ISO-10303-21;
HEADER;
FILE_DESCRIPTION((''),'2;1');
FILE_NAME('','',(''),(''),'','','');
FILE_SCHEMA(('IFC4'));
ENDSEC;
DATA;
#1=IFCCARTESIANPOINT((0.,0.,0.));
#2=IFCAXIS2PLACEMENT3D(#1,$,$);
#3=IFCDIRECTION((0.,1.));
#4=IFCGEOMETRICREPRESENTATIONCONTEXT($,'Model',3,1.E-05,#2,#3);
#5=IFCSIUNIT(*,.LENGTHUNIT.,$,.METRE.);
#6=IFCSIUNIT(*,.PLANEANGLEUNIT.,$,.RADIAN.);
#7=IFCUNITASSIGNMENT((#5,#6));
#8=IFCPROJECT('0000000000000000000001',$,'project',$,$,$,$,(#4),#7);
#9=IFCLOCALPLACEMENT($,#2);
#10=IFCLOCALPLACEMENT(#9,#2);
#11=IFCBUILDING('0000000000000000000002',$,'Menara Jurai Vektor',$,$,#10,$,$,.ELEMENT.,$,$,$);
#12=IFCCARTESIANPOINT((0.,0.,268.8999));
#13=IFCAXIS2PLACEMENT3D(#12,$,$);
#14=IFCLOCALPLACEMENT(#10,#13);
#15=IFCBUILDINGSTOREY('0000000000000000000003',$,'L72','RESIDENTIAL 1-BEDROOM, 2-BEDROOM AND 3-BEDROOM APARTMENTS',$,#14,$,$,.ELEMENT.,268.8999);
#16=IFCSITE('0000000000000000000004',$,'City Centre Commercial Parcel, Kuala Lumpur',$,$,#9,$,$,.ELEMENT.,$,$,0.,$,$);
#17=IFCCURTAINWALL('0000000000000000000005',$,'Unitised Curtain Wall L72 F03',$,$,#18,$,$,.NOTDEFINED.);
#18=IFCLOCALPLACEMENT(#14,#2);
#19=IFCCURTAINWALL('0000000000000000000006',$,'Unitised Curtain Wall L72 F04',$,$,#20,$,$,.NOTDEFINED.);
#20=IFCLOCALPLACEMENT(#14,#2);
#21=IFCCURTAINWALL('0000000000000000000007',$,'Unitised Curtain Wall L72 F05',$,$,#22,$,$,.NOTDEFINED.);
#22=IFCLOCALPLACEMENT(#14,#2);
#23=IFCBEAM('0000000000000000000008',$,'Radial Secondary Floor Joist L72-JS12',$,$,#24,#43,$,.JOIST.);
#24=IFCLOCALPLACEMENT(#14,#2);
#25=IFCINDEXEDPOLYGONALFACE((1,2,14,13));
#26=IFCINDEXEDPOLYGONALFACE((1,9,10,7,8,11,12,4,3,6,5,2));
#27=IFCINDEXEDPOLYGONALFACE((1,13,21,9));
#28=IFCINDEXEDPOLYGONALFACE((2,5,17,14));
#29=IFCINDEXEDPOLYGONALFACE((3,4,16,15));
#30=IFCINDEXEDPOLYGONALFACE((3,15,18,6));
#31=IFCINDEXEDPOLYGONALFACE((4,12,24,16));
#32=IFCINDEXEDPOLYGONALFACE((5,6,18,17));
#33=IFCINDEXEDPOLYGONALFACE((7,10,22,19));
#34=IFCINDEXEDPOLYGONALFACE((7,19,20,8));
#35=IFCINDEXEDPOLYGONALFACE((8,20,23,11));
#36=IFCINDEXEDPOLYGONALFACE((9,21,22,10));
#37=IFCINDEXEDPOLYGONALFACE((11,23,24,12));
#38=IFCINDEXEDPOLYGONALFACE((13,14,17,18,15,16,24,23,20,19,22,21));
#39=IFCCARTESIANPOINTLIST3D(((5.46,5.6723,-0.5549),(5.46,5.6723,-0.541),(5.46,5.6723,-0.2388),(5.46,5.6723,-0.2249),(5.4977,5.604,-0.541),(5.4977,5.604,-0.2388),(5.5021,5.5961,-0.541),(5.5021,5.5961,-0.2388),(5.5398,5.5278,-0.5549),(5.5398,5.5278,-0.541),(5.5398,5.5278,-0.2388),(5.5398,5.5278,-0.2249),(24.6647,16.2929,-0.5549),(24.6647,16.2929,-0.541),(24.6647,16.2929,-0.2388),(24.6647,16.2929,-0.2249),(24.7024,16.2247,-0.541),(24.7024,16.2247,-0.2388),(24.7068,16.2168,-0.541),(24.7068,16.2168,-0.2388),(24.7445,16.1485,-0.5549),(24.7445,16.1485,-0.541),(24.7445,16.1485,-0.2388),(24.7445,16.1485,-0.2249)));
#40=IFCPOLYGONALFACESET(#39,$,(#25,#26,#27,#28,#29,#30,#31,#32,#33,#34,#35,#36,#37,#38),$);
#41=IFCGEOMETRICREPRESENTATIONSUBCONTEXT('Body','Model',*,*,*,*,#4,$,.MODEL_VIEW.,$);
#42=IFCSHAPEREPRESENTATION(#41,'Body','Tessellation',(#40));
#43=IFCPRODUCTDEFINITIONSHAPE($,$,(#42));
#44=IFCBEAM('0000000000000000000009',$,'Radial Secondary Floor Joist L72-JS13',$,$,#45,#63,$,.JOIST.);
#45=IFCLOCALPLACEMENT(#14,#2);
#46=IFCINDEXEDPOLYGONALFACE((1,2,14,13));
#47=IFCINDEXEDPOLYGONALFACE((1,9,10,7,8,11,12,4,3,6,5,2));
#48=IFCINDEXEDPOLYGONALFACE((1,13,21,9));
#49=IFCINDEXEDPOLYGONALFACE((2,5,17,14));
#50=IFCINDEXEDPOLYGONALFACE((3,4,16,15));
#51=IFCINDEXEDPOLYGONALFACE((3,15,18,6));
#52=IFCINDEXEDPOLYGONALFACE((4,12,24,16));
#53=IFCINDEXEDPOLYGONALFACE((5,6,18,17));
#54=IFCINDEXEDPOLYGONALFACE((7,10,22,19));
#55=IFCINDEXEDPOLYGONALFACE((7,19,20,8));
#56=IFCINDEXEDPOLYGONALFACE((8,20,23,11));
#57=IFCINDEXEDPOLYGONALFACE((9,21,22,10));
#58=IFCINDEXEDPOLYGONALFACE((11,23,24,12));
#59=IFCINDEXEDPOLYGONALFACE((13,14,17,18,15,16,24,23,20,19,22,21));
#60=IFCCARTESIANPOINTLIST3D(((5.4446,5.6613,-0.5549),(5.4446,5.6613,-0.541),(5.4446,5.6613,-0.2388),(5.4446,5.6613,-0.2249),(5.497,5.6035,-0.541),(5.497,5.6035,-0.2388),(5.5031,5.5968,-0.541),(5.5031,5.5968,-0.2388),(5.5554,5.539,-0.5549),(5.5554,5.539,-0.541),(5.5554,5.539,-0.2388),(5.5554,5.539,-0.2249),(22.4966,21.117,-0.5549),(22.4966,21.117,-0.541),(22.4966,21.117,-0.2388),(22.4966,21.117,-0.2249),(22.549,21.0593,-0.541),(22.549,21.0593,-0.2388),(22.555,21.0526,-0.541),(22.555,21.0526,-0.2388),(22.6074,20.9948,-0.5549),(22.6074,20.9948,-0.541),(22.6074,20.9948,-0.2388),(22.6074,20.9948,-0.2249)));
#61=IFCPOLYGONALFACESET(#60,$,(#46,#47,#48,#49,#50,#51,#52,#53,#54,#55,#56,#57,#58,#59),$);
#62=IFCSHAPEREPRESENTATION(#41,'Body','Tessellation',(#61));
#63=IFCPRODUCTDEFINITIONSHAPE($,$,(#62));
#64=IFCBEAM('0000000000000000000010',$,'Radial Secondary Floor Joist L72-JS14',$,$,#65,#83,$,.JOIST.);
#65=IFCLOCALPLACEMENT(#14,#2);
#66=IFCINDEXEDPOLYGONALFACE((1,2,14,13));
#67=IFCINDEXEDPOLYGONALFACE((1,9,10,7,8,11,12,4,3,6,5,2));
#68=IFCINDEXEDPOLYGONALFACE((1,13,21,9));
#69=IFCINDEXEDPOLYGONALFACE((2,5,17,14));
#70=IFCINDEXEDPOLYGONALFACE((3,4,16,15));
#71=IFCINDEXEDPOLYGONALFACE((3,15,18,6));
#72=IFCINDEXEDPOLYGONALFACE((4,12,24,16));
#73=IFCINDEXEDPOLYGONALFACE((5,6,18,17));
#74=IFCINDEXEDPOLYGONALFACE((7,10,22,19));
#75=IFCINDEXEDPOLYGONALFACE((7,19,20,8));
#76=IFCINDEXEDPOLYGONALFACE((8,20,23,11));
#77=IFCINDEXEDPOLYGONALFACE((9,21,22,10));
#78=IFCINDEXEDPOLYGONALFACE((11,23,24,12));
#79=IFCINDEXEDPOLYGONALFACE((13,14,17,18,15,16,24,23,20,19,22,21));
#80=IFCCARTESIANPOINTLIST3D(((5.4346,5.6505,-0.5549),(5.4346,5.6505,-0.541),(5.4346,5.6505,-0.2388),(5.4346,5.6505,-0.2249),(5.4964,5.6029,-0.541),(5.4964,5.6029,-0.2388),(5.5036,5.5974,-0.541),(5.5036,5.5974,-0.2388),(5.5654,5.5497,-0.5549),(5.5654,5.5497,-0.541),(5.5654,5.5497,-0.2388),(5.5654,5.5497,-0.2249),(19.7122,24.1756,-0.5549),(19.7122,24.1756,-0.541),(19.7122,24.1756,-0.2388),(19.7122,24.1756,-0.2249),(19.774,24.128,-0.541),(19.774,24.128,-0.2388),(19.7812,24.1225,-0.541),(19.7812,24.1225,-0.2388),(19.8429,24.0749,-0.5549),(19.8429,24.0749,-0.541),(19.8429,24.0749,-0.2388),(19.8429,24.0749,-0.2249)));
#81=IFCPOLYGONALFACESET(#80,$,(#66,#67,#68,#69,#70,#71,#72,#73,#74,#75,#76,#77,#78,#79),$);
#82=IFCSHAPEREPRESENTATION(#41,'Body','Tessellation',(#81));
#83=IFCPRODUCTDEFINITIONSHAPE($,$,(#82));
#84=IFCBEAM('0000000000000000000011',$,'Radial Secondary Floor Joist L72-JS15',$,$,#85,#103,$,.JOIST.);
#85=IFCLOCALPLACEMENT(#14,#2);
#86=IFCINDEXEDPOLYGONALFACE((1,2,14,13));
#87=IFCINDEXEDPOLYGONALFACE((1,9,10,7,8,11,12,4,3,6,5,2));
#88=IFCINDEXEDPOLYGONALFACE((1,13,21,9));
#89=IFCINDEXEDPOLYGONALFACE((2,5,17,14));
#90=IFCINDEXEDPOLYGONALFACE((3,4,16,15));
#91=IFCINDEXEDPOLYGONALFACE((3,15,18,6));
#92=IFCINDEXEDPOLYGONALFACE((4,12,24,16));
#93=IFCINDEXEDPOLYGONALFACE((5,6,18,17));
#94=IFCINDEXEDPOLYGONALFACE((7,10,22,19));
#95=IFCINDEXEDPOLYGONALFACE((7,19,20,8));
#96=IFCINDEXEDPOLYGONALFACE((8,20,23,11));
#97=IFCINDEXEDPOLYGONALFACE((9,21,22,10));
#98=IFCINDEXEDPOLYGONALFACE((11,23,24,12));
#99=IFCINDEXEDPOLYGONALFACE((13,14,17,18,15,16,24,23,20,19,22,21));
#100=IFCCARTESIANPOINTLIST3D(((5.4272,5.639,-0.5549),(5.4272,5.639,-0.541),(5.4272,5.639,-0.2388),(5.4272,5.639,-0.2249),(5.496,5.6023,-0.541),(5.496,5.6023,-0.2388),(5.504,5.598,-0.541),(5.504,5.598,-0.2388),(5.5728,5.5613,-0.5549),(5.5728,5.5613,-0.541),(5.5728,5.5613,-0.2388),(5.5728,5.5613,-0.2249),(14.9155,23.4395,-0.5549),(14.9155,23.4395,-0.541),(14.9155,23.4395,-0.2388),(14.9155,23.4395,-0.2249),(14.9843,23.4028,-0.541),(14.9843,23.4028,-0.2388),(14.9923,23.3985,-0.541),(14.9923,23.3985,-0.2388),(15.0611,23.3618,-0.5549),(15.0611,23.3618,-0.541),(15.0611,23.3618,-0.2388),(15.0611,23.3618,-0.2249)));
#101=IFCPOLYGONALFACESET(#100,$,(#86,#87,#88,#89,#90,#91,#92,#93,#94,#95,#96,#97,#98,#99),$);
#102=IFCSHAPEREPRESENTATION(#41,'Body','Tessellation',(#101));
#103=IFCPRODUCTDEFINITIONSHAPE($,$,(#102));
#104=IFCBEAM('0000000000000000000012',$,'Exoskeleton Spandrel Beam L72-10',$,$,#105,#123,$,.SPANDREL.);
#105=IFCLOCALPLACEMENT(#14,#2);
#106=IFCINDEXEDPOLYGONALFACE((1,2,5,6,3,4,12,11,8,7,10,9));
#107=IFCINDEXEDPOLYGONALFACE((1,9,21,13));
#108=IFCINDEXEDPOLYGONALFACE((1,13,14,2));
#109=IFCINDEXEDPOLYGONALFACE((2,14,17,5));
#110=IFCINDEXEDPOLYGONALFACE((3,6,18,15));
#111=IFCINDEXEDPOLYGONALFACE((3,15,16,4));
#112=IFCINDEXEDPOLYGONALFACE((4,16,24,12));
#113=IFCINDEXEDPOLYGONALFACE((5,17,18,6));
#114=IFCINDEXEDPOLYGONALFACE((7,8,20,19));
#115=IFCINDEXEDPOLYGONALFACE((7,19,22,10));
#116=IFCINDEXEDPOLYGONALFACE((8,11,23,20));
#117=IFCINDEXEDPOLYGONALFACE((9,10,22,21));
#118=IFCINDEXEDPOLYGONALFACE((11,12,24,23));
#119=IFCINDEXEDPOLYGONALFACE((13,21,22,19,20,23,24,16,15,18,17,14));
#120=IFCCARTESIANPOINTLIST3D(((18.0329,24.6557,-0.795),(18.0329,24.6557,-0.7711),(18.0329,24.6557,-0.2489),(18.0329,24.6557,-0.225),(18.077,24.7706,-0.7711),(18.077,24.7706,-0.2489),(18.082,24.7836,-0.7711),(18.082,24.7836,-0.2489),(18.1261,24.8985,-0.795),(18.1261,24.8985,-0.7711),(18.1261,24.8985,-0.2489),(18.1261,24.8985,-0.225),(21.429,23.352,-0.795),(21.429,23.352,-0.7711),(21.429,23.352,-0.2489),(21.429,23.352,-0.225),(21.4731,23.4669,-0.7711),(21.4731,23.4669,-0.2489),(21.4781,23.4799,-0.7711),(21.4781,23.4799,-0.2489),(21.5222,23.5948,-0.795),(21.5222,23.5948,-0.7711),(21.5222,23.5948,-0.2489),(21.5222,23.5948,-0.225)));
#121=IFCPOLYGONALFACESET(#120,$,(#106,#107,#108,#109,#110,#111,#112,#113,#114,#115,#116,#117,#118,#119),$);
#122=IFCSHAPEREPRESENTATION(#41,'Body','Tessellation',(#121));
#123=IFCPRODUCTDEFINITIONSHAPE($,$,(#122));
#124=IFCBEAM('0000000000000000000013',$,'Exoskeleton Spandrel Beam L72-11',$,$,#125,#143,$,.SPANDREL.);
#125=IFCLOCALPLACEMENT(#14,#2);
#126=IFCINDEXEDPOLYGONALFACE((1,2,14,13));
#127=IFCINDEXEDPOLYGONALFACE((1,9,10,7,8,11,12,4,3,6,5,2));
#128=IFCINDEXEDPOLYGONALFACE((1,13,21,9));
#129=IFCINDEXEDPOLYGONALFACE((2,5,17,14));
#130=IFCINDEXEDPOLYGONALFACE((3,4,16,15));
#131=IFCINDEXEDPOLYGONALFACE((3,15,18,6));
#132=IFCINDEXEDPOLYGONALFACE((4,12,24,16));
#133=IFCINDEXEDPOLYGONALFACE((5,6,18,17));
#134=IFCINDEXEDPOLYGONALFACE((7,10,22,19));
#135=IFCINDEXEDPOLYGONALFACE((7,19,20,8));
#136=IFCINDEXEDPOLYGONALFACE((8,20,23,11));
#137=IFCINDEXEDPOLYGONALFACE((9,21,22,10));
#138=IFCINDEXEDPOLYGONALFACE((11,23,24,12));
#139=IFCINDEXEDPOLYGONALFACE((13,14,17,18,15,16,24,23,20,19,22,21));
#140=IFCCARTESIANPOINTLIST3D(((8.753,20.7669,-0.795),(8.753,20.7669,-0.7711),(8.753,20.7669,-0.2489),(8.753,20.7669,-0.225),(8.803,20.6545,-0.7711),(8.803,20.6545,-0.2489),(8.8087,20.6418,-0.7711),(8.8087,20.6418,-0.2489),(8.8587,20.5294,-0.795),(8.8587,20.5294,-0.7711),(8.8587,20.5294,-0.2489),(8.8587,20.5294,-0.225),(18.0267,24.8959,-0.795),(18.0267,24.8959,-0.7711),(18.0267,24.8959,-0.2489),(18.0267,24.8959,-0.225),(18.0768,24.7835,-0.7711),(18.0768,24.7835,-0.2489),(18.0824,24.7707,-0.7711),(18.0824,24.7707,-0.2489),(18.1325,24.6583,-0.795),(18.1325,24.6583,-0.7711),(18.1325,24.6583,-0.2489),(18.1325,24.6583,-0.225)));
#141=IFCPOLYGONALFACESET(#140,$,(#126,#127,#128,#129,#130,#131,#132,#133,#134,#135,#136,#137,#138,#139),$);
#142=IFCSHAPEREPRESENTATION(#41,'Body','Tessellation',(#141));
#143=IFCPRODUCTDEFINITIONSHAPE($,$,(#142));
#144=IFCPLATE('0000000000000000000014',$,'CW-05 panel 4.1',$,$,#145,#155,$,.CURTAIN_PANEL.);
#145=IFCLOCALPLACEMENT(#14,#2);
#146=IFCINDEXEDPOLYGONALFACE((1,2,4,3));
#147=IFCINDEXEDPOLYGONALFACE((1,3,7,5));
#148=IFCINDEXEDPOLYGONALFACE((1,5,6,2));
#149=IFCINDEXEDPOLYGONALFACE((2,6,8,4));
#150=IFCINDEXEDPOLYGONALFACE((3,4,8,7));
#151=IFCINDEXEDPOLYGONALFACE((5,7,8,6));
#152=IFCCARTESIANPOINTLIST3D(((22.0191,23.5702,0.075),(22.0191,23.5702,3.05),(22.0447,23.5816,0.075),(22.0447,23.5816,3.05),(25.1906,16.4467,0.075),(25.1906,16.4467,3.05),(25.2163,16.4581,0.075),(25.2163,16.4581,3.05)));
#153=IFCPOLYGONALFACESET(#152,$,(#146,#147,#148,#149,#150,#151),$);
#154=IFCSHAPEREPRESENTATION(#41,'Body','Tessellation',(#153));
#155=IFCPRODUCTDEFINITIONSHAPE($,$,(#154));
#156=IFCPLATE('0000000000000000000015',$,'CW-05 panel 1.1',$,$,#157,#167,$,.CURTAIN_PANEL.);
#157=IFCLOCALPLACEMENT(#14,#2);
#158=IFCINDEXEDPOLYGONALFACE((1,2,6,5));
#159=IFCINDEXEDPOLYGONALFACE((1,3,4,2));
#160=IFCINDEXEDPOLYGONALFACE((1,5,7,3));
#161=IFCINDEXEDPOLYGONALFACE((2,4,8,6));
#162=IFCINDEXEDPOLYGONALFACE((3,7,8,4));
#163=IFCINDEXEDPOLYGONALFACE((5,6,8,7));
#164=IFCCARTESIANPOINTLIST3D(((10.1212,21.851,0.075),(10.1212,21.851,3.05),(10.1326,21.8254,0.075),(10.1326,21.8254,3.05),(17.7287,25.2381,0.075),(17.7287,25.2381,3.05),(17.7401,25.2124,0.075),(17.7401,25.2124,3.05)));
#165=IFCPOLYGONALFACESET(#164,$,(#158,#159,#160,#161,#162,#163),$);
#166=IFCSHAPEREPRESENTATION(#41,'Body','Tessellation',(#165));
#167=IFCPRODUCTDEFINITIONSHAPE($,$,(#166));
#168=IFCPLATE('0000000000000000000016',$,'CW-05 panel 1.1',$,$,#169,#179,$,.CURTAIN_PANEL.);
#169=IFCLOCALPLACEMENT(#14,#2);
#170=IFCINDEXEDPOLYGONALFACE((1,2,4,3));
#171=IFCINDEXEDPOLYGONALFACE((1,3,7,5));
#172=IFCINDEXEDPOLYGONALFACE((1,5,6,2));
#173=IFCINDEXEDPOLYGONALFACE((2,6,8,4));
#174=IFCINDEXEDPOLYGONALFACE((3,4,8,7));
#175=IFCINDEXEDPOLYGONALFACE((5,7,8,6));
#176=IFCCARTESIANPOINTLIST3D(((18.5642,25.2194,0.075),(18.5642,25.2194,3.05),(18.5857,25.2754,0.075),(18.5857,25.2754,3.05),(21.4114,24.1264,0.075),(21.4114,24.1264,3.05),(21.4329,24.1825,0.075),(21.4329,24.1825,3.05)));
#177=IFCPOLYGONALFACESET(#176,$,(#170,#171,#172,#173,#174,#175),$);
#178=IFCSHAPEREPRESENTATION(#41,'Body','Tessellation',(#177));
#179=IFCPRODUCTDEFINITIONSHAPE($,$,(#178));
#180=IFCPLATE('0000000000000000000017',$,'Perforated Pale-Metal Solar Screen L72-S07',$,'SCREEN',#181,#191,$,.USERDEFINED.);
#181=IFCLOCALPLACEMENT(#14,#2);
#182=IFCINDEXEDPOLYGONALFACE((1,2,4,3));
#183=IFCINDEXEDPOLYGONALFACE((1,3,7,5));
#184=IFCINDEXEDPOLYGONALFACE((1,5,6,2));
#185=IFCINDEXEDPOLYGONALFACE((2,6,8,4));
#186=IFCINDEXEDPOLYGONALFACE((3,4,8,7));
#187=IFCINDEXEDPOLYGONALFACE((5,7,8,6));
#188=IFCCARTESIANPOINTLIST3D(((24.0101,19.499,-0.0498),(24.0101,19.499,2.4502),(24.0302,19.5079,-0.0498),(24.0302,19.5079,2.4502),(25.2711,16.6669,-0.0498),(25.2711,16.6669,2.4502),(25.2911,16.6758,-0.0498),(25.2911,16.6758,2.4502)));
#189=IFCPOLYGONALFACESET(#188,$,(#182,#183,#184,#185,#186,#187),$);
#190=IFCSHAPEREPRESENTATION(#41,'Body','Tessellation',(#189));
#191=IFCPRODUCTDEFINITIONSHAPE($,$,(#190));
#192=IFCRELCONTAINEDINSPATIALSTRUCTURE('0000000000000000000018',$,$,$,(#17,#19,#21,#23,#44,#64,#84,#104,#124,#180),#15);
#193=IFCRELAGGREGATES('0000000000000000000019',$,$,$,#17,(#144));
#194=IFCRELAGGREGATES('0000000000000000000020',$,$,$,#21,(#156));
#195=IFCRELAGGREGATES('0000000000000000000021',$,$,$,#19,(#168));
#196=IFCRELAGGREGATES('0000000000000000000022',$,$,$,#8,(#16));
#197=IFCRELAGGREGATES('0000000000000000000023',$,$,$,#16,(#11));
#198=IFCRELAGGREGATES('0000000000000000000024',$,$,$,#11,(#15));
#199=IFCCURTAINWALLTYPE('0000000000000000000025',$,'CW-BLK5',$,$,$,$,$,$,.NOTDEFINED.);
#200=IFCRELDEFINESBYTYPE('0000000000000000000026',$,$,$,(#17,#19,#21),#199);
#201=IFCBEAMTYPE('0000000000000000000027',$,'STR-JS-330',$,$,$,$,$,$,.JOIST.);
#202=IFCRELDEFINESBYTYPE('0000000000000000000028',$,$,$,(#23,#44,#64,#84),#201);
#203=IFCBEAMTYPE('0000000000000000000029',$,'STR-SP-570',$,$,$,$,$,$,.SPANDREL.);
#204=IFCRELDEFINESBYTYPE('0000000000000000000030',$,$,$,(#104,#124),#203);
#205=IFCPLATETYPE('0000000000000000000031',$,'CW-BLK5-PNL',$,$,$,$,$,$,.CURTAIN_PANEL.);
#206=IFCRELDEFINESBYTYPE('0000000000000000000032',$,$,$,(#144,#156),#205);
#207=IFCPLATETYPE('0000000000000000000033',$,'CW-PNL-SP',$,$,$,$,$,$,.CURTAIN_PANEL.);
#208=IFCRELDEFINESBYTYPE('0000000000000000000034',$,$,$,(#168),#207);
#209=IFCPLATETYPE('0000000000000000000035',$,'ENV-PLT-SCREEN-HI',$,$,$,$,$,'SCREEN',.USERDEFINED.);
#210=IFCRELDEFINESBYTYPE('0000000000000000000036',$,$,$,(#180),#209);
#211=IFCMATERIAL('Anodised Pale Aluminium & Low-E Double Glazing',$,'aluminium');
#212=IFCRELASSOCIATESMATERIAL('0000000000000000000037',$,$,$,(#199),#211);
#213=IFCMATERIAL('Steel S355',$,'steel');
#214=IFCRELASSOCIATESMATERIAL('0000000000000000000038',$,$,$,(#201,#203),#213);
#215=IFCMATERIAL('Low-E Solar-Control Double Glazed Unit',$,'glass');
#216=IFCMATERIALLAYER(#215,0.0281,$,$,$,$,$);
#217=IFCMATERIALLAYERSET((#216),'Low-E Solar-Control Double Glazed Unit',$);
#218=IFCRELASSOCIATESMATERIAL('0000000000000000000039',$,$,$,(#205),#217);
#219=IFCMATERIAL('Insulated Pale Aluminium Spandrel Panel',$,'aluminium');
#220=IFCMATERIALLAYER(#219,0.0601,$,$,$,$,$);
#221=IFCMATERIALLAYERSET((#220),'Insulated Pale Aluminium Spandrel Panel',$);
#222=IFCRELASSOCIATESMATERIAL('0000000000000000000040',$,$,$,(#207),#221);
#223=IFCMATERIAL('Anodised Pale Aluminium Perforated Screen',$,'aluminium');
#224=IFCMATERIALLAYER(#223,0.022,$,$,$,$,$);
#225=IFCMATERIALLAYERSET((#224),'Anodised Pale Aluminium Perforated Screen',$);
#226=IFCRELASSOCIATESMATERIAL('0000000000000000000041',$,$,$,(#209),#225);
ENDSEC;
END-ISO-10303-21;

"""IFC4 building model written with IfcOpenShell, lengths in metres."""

from ifc_helpers import new_model, si_unit, direction, frame, origin, origin_2d, place, context, subcontext, project, spatial, rectangle, i_section, extrude, material, layer, layer_set, material_profile, profile_set, type_object, element, aggregate, save


model = new_model("IFC4")

# Units and contexts
model_context = context("Model", 3, precision=1e-05, world=origin(), true_north=direction((0.0, 1.0)))
body_context = subcontext(model_context, "Body", "Model", "MODEL_VIEW")
ifc_project = project(units=[si_unit("LENGTHUNIT", "METRE"), si_unit("PLANEANGLEUNIT", "RADIAN")], contexts=[model_context])

# Site, building, storey
site_placement = place(None, origin())
site = spatial("IfcSite", under=ifc_project, at=site_placement, Name="City Centre Commercial Parcel, Kuala Lumpur", CompositionType="ELEMENT", RefElevation=0.0)
building_placement = place(site_placement, origin())
building = spatial("IfcBuilding", under=site, at=building_placement, Name="Menara Jurai Vektor", CompositionType="ELEMENT")
storey_placement = place(building_placement, frame((0.0, 0.0, 268.8999)))
storey = spatial("IfcBuildingStorey", under=building, at=storey_placement, Name="L72", Description="RESIDENTIAL 1-BEDROOM, 2-BEDROOM AND 3-BEDROOM APARTMENTS", CompositionType="ELEMENT", Elevation=268.8999)

# Curtain walls
ifc_material_1 = material(Name="Anodised Pale Aluminium & Low-E Double Glazing", Category="aluminium")
curtain_wall_type = type_object("IfcCurtainWallType", Name="CW-BLK5", PredefinedType="NOTDEFINED", material=ifc_material_1)
curtain_wall_1_placement = place(storey_placement, origin())
curtain_wall_1 = element("IfcCurtainWall", 1, at=curtain_wall_1_placement, inside=storey, type_object=curtain_wall_type, Name="Unitised Curtain Wall L72 F03", PredefinedType="NOTDEFINED")
curtain_wall_2_placement = place(storey_placement, origin())
curtain_wall_2 = element("IfcCurtainWall", 2, at=curtain_wall_2_placement, inside=storey, type_object=curtain_wall_type, Name="Unitised Curtain Wall L72 F04", PredefinedType="NOTDEFINED")

# Curtain wall
curtain_wall_3_placement = place(storey_placement, origin())
curtain_wall_3 = element("IfcCurtainWall", 3, at=curtain_wall_3_placement, inside=storey, type_object=curtain_wall_type, Name="Unitised Curtain Wall L72 F05", PredefinedType="NOTDEFINED")

# Shared definitions
ifc_material_2 = material(Name="Steel S355", Category="steel")

# Beams
ifc_material_profile_1 = material_profile(ifc_material_2, i_section(OverallWidth=0.165, OverallDepth=0.3301, WebThickness=0.009, FlangeThickness=0.0139, at=origin_2d()), Name="PG 330x165x46")
ifc_profile_set_1 = profile_set([ifc_material_profile_1], Name="Steel S355")
beam_type_1 = type_object("IfcBeamType", Name="STR-JS-330", PredefinedType="JOIST", material=ifc_profile_set_1)
beam_1_placement = place(storey_placement, frame((24.7046, 16.2207, -0.3899), z_axis=(-0.875096, -0.483949, 0.0), x_axis=(0.483949, -0.875096, 0.0)))
element("IfcBeam", 4, at=beam_1_placement, inside=storey, type_object=beam_type_1, Name="Radial Secondary Floor Joist L72-JS12", PredefinedType="JOIST", context=body_context, shape_type="SweptSolid", body=[
    extrude(i_section(OverallWidth=0.165, OverallDepth=0.3301, WebThickness=0.009, FlangeThickness=0.0139, at=origin_2d()), origin(), (0.0, 0.0, 1.0), 21.9458),
])
beam_2_placement = place(storey_placement, frame((22.552, 21.0559, -0.3899), z_axis=(-0.740934, -0.671577, 0.0), x_axis=(0.671577, -0.740934, 0.0)))
element("IfcBeam", 5, at=beam_2_placement, inside=storey, type_object=beam_type_1, Name="Radial Secondary Floor Joist L72-JS13", PredefinedType="JOIST", context=body_context, shape_type="SweptSolid", body=[
    extrude(i_section(OverallWidth=0.165, OverallDepth=0.3301, WebThickness=0.009, FlangeThickness=0.0139, at=origin_2d()), origin(), (0.0, 0.0, 1.0), 23.0142),
])
beam_3_placement = place(storey_placement, frame((19.7776, 24.1252, -0.3899), z_axis=(-0.610449, -0.792056, 0.0), x_axis=(0.792056, -0.610449, 0.0)))
element("IfcBeam", 6, at=beam_3_placement, inside=storey, type_object=beam_type_1, Name="Radial Secondary Floor Joist L72-JS14", PredefinedType="JOIST", context=body_context, shape_type="SweptSolid", body=[
    extrude(i_section(OverallWidth=0.165, OverallDepth=0.3301, WebThickness=0.009, FlangeThickness=0.0139, at=origin_2d()), origin(), (0.0, 0.0, 1.0), 23.3887),
])
beam_4_placement = place(storey_placement, frame((14.9883, 23.4006, -0.3899), z_axis=(-0.470382, -0.882463, 0.0), x_axis=(0.882463, -0.470382, 0.0)))
element("IfcBeam", 7, at=beam_4_placement, inside=storey, type_object=beam_type_1, Name="Radial Secondary Floor Joist L72-JS15", PredefinedType="JOIST", context=body_context, shape_type="SweptSolid", body=[
    extrude(i_section(OverallWidth=0.165, OverallDepth=0.3301, WebThickness=0.009, FlangeThickness=0.0139, at=origin_2d()), origin(), (0.0, 0.0, 1.0), 20.1714),
])
ifc_material_profile_2 = material_profile(ifc_material_2, i_section(OverallWidth=0.26, OverallDepth=0.5701, WebThickness=0.0139, FlangeThickness=0.0239, at=origin_2d()), Name="PG 570x260x145")
ifc_profile_set_2 = profile_set([ifc_material_profile_2], Name="Steel S355")
beam_type_2 = type_object("IfcBeamType", Name="STR-SP-570", PredefinedType="SPANDREL", material=ifc_profile_set_2)
beam_5_placement = place(storey_placement, frame((21.4756, 23.4734, -0.51), z_axis=(-0.93357, 0.358394, 0.0), x_axis=(-0.358394, -0.93357, 0.0)))
element("IfcBeam", 8, at=beam_5_placement, inside=storey, type_object=beam_type_2, Name="Exoskeleton Spandrel Beam L72-10", PredefinedType="SPANDREL", context=body_context, shape_type="SweptSolid", body=[
    extrude(i_section(OverallWidth=0.26, OverallDepth=0.5701, WebThickness=0.0139, FlangeThickness=0.0239, at=origin_2d()), origin(), (0.0, 0.0, 1.0), 3.6377),
])
beam_6_placement = place(storey_placement, frame((18.0796, 24.7771, -0.51), z_axis=(-0.913546, -0.406736, 0.0), x_axis=(0.406736, -0.913546, 0.0)))
element("IfcBeam", 9, at=beam_6_placement, inside=storey, type_object=beam_type_2, Name="Exoskeleton Spandrel Beam L72-11", PredefinedType="SPANDREL", context=body_context, shape_type="SweptSolid", body=[
    extrude(i_section(OverallWidth=0.26, OverallDepth=0.5701, WebThickness=0.0139, FlangeThickness=0.0239, at=origin_2d()), origin(), (0.0, 0.0, 1.0), 10.1514),
])

# Plates
ifc_material_3 = material(Name="Low-E Solar-Control Double Glazed Unit", Category="glass")
ifc_layer_1 = layer(ifc_material_3, 0.0281)
ifc_layer_set_1 = layer_set([ifc_layer_1], Name="Low-E Solar-Control Double Glazed Unit")
plate_type_1 = type_object("IfcPlateType", Name="CW-BLK5-PNL", PredefinedType="CURTAIN_PANEL", material=ifc_layer_set_1)
plate_1_placement = place(storey_placement, frame((23.6177, 20.0142, 0.075), z_axis=(0.0, 0.0, 1.0), x_axis=(-0.406735, 0.913546, 0.0)))
plate_1 = element("IfcPlate", 10, at=plate_1_placement, type_object=plate_type_1, Name="CW-05 panel 4.1", PredefinedType="CURTAIN_PANEL", context=body_context, shape_type="SweptSolid", body=[
    extrude(rectangle(XDim=7.7976, YDim=0.0281, at=origin_2d()), origin(), (0.0, 0.0, 1.0), 2.9751),
])
aggregate(curtain_wall_1, [plate_1])
plate_2_placement = place(storey_placement, frame((13.9307, 23.5317, 0.075), z_axis=(0.0, 0.0, 1.0), x_axis=(-0.913546, -0.406735, 0.0)))
plate_2 = element("IfcPlate", 11, at=plate_2_placement, type_object=plate_type_1, Name="CW-05 panel 1.1", PredefinedType="CURTAIN_PANEL", context=body_context, shape_type="SweptSolid", body=[
    extrude(rectangle(XDim=8.3274, YDim=0.0281, at=origin_2d()), origin(), (0.0, 0.0, 1.0), 2.9751),
])
aggregate(curtain_wall_3, [plate_2])
ifc_material_4 = material(Name="Insulated Pale Aluminium Spandrel Panel", Category="aluminium")
ifc_layer_2 = layer(ifc_material_4, 0.0601)
ifc_layer_set_2 = layer_set([ifc_layer_2], Name="Insulated Pale Aluminium Spandrel Panel")
plate_type_2 = type_object("IfcPlateType", Name="CW-PNL-SP", PredefinedType="CURTAIN_PANEL", material=ifc_layer_set_2)
plate_3_placement = place(storey_placement, frame((19.9985, 24.7009, 0.075), z_axis=(0.0, 0.0, 1.0), x_axis=(-0.933578, 0.358374, 0.0)))
plate_3 = element("IfcPlate", 12, at=plate_3_placement, type_object=plate_type_2, Name="CW-05 panel 1.1", PredefinedType="CURTAIN_PANEL", context=body_context, shape_type="SweptSolid", body=[
    extrude(rectangle(XDim=3.0498, YDim=0.0601, at=origin_2d()), origin(), (0.0, 0.0, 1.0), 2.9751),
])
aggregate(curtain_wall_2, [plate_3])
ifc_material_5 = material(Name="Anodised Pale Aluminium Perforated Screen", Category="aluminium")
ifc_layer_3 = layer(ifc_material_5, 0.022)
ifc_layer_set_3 = layer_set([ifc_layer_3], Name="Anodised Pale Aluminium Perforated Screen")
plate_type_3 = type_object("IfcPlateType", Name="ENV-PLT-SCREEN-HI", ElementType="SCREEN", PredefinedType="USERDEFINED", material=ifc_layer_set_3)
plate_4_placement = place(storey_placement, frame((24.6506, 18.0874, -0.0498), z_axis=(0.0, 0.0, 1.0), x_axis=(-0.406737, 0.913545, 0.0)))
element("IfcPlate", 13, at=plate_4_placement, inside=storey, type_object=plate_type_3, Name="Perforated Pale-Metal Solar Screen L72-S07", ObjectType="SCREEN", PredefinedType="USERDEFINED", context=body_context, shape_type="SweptSolid", body=[
    extrude(rectangle(XDim=3.1001, YDim=0.022, at=origin_2d()), origin(), (0.0, 0.0, 1.0), 2.5),
])

save(model, "model.ifc")
